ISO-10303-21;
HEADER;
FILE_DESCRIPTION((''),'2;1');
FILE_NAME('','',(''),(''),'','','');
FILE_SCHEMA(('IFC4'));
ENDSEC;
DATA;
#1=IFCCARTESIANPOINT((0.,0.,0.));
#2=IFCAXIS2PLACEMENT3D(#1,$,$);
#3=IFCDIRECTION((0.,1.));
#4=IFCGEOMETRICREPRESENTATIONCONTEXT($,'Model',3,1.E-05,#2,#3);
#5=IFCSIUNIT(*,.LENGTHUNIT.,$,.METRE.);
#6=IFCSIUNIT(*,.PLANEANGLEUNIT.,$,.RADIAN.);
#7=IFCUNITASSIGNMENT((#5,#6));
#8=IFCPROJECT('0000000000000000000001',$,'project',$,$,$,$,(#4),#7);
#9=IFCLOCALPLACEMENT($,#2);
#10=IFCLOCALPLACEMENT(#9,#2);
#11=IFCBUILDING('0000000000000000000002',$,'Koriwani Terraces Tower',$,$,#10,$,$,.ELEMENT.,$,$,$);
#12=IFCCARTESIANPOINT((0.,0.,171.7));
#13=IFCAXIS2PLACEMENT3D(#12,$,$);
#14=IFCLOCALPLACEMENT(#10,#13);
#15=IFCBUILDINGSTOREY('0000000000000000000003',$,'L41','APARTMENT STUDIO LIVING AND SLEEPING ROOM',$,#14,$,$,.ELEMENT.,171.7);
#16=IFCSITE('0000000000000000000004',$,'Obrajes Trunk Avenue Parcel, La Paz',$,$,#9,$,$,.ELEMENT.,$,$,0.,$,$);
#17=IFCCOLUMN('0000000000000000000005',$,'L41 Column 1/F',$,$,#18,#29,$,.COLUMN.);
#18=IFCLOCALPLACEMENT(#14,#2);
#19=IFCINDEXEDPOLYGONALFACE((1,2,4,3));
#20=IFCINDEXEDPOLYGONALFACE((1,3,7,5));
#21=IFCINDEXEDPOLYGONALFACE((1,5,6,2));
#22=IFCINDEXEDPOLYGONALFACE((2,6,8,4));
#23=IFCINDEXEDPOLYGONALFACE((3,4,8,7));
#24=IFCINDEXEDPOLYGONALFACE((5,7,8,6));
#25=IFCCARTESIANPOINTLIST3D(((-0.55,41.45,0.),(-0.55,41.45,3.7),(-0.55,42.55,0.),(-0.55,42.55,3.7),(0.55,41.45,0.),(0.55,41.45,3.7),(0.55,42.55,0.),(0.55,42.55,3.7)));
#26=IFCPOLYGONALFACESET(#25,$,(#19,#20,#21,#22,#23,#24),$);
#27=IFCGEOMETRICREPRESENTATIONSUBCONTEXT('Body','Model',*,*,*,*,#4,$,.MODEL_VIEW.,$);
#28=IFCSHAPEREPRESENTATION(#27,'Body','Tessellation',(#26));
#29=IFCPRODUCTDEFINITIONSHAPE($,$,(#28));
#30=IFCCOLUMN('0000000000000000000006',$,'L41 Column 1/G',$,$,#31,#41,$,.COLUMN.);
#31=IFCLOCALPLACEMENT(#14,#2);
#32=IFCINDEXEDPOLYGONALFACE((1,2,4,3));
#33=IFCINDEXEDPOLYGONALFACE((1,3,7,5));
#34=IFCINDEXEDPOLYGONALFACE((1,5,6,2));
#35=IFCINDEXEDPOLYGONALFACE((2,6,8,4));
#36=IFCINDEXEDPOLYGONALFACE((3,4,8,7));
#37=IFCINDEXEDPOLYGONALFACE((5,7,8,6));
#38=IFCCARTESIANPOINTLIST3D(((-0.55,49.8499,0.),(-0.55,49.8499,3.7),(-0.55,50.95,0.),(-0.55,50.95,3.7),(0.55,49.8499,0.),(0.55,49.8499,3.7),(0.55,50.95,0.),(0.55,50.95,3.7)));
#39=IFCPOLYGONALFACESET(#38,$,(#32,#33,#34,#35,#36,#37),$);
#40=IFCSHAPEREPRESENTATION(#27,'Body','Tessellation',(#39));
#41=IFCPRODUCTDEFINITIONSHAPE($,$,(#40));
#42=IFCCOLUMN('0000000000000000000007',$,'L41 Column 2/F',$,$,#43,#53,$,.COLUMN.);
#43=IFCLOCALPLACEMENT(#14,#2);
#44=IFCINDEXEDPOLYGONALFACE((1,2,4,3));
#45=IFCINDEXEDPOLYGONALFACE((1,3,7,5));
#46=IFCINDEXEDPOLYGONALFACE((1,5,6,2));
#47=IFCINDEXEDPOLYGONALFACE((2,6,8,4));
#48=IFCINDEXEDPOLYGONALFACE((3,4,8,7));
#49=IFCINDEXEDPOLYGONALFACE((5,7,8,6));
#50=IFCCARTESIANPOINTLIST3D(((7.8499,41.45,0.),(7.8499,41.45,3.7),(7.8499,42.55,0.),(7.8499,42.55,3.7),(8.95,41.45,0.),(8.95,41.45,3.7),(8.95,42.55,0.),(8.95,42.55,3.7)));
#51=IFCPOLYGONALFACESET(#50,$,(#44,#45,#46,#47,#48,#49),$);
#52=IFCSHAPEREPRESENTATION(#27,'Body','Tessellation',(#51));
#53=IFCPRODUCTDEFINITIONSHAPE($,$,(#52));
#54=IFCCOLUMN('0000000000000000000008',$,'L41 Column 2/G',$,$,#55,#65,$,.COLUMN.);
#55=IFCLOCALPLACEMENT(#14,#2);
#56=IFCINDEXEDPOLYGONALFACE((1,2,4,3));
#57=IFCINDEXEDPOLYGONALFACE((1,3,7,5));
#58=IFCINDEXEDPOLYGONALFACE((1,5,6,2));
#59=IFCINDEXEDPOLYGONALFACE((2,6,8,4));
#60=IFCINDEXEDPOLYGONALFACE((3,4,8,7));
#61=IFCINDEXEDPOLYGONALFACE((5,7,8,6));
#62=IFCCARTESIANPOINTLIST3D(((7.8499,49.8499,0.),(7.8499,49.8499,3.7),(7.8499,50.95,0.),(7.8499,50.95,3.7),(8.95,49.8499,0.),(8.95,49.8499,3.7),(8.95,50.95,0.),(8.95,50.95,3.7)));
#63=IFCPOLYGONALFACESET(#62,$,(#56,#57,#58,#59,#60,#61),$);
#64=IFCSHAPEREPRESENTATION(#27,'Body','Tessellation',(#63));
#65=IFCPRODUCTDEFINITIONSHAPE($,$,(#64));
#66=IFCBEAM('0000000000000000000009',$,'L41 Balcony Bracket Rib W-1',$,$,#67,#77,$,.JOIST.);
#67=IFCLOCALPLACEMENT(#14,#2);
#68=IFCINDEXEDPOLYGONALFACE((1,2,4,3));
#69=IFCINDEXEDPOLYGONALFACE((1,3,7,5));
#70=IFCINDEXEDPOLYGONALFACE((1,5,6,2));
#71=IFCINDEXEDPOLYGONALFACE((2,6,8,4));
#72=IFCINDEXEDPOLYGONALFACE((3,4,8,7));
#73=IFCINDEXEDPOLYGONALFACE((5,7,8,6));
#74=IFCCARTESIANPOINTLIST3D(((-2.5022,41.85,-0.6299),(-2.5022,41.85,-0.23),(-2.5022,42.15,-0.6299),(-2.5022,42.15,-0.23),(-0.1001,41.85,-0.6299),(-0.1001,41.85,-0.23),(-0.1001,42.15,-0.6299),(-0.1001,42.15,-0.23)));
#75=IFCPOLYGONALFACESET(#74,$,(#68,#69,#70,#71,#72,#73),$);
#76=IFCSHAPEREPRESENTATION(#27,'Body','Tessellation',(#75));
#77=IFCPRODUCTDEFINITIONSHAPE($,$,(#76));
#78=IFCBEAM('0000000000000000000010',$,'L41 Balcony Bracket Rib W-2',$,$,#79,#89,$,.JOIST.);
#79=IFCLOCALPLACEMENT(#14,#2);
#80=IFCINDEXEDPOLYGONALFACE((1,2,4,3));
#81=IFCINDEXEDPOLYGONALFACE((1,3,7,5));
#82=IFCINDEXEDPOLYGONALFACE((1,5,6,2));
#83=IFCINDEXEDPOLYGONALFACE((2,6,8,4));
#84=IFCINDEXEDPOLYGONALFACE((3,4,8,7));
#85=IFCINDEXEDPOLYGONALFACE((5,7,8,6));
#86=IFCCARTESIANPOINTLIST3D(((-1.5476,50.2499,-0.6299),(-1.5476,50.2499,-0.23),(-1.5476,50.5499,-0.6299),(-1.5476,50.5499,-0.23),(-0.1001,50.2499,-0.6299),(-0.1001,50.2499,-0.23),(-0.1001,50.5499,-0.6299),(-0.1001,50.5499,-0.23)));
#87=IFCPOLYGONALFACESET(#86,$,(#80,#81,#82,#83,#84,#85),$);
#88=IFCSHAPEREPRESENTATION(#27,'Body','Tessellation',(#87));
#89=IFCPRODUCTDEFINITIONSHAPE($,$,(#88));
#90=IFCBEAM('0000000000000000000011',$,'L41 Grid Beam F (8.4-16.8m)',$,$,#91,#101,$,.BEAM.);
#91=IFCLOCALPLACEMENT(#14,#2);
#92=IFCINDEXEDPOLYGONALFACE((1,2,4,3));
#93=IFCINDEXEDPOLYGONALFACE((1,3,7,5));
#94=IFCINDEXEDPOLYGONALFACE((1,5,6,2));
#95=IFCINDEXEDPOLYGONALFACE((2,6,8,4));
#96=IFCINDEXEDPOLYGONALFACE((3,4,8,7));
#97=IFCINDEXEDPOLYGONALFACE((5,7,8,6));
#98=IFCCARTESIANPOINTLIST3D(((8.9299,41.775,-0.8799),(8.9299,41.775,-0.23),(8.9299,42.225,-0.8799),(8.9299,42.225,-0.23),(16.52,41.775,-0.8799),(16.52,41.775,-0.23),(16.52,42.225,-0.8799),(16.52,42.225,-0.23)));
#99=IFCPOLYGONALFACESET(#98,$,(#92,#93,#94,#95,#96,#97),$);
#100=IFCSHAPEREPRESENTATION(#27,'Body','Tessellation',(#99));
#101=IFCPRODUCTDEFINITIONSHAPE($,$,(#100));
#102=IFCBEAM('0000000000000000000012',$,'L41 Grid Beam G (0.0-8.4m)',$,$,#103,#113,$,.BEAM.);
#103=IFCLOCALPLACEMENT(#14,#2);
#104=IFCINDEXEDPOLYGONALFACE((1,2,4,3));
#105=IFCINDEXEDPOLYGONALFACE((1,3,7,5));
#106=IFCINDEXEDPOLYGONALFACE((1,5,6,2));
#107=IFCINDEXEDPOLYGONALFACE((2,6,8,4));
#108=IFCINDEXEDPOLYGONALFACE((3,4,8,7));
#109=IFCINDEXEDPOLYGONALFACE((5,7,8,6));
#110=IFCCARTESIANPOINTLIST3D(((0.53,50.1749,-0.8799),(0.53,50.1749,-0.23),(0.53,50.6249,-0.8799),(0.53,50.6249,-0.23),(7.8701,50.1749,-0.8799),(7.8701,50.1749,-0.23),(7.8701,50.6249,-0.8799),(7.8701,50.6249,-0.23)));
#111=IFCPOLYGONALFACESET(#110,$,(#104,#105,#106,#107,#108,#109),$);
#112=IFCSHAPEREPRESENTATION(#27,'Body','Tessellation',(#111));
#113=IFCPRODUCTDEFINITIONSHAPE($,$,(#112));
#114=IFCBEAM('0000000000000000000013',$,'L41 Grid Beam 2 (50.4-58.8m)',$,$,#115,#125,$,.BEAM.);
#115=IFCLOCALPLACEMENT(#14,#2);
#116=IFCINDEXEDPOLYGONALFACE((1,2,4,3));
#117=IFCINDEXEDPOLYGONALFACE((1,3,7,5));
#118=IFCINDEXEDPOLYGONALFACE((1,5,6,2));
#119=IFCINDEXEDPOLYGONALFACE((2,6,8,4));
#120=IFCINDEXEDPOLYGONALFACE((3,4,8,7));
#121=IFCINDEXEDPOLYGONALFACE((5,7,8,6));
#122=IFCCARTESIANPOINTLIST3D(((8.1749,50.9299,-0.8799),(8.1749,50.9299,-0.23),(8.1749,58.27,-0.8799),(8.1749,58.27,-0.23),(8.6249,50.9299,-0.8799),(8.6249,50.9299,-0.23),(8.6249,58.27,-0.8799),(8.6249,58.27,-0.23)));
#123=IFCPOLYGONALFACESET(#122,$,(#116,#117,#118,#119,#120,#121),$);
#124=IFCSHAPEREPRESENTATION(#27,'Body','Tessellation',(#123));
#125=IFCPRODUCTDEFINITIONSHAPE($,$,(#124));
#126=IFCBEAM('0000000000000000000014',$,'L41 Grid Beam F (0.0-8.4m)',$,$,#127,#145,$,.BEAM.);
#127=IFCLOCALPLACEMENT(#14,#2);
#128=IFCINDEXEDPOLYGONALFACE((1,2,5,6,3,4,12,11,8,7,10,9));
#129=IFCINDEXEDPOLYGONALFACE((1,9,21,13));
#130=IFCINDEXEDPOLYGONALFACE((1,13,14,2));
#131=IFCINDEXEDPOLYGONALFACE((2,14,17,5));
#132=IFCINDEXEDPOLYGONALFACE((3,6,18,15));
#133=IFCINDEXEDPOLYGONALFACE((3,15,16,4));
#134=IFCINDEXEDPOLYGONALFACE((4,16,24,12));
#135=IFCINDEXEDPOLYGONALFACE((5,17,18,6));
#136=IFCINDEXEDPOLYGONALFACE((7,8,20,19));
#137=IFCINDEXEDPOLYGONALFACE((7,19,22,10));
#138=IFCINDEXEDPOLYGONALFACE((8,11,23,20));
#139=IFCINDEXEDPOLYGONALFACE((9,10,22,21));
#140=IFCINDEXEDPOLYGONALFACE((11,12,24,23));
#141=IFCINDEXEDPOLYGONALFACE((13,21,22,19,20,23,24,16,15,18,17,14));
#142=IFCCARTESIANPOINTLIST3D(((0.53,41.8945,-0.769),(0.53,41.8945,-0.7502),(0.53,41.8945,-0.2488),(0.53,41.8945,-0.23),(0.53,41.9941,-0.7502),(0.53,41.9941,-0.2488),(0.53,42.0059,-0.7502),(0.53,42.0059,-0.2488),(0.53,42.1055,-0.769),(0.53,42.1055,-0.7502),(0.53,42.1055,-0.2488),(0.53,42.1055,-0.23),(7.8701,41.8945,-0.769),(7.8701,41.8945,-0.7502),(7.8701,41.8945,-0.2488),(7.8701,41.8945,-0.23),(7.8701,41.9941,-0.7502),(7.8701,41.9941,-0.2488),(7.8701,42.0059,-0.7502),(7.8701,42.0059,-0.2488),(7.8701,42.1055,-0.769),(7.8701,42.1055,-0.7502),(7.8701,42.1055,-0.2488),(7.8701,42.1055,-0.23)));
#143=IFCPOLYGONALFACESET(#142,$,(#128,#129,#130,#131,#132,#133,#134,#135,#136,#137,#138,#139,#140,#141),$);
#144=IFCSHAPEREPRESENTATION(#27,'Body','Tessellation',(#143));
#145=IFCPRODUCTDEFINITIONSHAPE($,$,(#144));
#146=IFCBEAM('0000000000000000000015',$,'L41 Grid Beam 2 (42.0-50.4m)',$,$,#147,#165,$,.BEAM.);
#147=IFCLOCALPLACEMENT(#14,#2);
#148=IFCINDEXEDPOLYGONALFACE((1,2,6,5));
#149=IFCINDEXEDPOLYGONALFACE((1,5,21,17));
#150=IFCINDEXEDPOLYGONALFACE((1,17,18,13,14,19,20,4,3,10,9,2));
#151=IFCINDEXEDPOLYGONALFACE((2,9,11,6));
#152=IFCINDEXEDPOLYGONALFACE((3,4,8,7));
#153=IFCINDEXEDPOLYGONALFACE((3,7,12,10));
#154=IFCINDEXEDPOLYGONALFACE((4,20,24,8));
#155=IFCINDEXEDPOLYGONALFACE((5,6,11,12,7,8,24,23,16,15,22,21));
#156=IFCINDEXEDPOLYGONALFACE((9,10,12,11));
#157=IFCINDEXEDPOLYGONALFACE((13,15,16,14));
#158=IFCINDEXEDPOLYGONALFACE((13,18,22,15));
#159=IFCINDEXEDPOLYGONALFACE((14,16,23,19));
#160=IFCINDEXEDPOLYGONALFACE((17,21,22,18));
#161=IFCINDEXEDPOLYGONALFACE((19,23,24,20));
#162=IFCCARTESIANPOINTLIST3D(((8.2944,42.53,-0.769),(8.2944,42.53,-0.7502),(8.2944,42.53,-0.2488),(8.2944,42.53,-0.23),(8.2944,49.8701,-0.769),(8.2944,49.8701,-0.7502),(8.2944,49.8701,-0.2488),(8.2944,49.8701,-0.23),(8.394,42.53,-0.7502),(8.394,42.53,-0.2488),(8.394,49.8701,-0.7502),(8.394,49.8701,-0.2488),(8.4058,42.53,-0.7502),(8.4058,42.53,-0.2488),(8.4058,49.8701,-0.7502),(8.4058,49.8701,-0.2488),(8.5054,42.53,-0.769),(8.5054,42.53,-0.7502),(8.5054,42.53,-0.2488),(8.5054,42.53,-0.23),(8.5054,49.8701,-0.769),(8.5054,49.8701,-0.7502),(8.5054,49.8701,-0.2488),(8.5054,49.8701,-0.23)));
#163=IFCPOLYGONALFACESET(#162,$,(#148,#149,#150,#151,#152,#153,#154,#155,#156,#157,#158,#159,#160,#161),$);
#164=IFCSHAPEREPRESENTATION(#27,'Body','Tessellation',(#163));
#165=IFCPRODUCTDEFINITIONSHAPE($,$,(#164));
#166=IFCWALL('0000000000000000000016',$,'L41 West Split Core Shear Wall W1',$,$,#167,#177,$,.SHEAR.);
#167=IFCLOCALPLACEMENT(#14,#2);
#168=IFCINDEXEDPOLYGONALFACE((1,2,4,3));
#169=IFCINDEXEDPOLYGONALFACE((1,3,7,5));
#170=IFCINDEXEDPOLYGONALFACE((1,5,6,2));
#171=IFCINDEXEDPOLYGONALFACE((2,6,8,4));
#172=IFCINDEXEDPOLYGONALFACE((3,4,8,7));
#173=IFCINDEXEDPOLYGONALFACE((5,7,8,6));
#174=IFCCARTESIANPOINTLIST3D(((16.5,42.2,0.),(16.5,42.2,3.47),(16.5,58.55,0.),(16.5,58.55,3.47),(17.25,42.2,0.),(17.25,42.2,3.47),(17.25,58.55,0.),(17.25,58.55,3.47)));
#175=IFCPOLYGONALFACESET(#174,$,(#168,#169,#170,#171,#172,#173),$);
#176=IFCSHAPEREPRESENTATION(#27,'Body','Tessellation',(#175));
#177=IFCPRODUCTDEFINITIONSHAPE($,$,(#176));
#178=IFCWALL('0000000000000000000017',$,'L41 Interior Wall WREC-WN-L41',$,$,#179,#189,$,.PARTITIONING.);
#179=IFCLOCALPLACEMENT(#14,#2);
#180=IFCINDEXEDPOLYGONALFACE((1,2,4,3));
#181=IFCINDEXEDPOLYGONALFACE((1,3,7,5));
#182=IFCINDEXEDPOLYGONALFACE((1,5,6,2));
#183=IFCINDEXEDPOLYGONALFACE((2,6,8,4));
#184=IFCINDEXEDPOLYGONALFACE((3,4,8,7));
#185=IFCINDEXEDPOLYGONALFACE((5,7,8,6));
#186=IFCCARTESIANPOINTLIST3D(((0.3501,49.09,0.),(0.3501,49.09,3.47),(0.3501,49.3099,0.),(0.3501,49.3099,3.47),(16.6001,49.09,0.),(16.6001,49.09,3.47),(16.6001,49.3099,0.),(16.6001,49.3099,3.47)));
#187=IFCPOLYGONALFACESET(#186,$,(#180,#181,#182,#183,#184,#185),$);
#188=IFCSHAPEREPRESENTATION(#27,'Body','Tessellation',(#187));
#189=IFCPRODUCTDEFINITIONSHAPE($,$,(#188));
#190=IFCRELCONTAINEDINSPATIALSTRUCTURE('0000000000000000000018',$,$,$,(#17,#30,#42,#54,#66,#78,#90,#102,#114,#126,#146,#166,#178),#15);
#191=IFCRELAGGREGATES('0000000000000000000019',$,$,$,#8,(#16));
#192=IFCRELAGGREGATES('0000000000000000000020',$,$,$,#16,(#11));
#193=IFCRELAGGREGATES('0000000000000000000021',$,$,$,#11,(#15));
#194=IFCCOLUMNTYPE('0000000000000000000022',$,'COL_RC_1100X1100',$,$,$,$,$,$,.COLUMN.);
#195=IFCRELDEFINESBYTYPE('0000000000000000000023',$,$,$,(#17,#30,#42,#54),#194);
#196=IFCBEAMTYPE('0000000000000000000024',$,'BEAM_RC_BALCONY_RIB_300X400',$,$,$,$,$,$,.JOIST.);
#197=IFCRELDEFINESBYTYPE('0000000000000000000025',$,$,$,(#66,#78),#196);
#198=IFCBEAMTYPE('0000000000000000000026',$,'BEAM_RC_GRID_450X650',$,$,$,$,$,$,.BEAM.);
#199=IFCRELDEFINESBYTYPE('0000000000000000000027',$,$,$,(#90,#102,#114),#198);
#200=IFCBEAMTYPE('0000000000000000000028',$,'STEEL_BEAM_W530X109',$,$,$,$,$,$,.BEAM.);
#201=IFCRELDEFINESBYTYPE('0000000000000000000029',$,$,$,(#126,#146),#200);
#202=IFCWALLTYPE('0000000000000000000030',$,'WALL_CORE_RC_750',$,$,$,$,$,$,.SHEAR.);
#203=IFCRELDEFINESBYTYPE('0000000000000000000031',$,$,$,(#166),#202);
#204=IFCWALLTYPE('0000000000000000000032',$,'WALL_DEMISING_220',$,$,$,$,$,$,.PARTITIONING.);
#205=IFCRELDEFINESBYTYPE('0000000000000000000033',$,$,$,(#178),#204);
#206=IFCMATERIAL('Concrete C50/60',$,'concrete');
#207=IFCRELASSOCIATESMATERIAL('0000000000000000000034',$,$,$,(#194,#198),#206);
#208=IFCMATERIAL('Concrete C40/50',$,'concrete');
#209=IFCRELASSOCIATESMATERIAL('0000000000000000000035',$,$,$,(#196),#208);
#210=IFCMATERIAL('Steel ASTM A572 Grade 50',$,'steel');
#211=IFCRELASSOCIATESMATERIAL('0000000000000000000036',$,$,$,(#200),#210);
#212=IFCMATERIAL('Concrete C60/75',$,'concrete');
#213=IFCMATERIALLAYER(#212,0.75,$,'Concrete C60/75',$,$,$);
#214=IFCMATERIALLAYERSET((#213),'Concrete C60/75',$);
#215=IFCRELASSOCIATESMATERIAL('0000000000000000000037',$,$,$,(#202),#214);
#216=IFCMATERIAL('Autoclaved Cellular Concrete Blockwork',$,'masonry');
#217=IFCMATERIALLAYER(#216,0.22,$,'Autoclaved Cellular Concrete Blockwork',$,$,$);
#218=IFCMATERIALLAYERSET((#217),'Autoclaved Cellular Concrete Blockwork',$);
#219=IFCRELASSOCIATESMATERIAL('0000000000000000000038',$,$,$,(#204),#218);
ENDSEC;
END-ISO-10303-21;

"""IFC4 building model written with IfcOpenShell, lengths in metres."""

from ifc_helpers import new_model, si_unit, direction, frame, frame_2d, origin, origin_2d, place, context, subcontext, project, spatial, rectangle, i_section, extrude, material, layer, layer_set, material_profile, profile_set, type_object, element, save


model = new_model("IFC4")

# Units and contexts
model_context = context("Model", 3, precision=1e-05, world=origin(), true_north=direction((0.0, 1.0)))
body_context = subcontext(model_context, "Body", "Model", "MODEL_VIEW")
ifc_project = project(units=[si_unit("LENGTHUNIT", "METRE"), si_unit("PLANEANGLEUNIT", "RADIAN")], contexts=[model_context])

# Site, building, storey
site_placement = place(None, origin())
site = spatial("IfcSite", under=ifc_project, at=site_placement, Name="Obrajes Trunk Avenue Parcel, La Paz", CompositionType="ELEMENT", RefElevation=0.0)
building_placement = place(site_placement, origin())
building = spatial("IfcBuilding", under=site, at=building_placement, Name="Koriwani Terraces Tower", CompositionType="ELEMENT")
storey_placement = place(building_placement, frame((0.0, 0.0, 171.7)))
storey = spatial("IfcBuildingStorey", under=building, at=storey_placement, Name="L41", Description="APARTMENT STUDIO LIVING AND SLEEPING ROOM", CompositionType="ELEMENT", Elevation=171.7)

# Columns
ifc_material_1 = material(Name="Concrete C50/60", Category="concrete")
ifc_material_profile_1 = material_profile(ifc_material_1, rectangle(XDim=1.1001, YDim=1.1001, at=origin_2d()), Name="Concrete C50/60", Category="LoadBearing")
ifc_profile_set_1 = profile_set([ifc_material_profile_1], Name="Concrete C50/60")
column_type = type_object("IfcColumnType", Name="COL_RC_1100X1100", PredefinedType="COLUMN", material=ifc_profile_set_1)
for number, where, z_axis, x_axis, name in (
    (1, (0.0, 42.0, 0.0), (0.0, 0.0, 1.0), (1.0, 0.0, 0.0), "L41 Column 1/F"),
    (2, (0.0, 50.3999, 0.0), (0.0, 0.0, 1.0), (1.0, 0.0, 0.0), "L41 Column 1/G"),
    (3, (8.3999, 42.0, 0.0), (0.0, 0.0, 1.0), (1.0, 0.0, 0.0), "L41 Column 2/F"),
    (4, (8.3999, 50.3999, 0.0), (0.0, 0.0, 1.0), (1.0, 0.0, 0.0), "L41 Column 2/G"),
):
    element("IfcColumn", number, at=place(storey_placement, frame(where, z_axis=z_axis, x_axis=x_axis)), inside=storey, type_object=column_type, Name=name, PredefinedType="COLUMN", context=body_context, shape_type="SweptSolid", body=[
        extrude(rectangle(XDim=1.1001, YDim=1.1001, at=origin_2d()), origin(), (0.0, 0.0, 1.0), 3.7),
    ])

# Beams
ifc_material_2 = material(Name="Concrete C40/50", Category="concrete")
ifc_material_profile_2 = material_profile(ifc_material_2, rectangle(XDim=0.3, YDim=0.3999, at=origin_2d()), Name="Concrete C40/50", Category="LoadBearing")
ifc_profile_set_2 = profile_set([ifc_material_profile_2], Name="Concrete C40/50")
beam_type_1 = type_object("IfcBeamType", Name="BEAM_RC_BALCONY_RIB_300X400", PredefinedType="JOIST", material=ifc_profile_set_2)
beam_1_placement = place(storey_placement, frame((-2.5022, 42.0, -0.4299), z_axis=(1.0, 0.0, 0.0), x_axis=(0.0, 1.0, 0.0)))
element("IfcBeam", 5, at=beam_1_placement, inside=storey, type_object=beam_type_1, Name="L41 Balcony Bracket Rib W-1", PredefinedType="JOIST", context=body_context, shape_type="SweptSolid", body=[
    extrude(rectangle(XDim=0.3, YDim=0.3999, at=origin_2d()), origin(), (0.0, 0.0, 1.0), 2.4021),
])
beam_2_placement = place(storey_placement, frame((-1.5476, 50.3999, -0.4299), z_axis=(1.0, 0.0, 0.0), x_axis=(0.0, 1.0, 0.0)))
element("IfcBeam", 6, at=beam_2_placement, inside=storey, type_object=beam_type_1, Name="L41 Balcony Bracket Rib W-2", PredefinedType="JOIST", context=body_context, shape_type="SweptSolid", body=[
    extrude(rectangle(XDim=0.3, YDim=0.3999, at=origin_2d()), origin(), (0.0, 0.0, 1.0), 1.4475),
])
ifc_material_profile_3 = material_profile(ifc_material_1, rectangle(XDim=0.45, YDim=0.6499, at=origin_2d()), Name="Concrete C50/60", Category="LoadBearing")
ifc_profile_set_3 = profile_set([ifc_material_profile_3], Name="Concrete C50/60")
beam_type_2 = type_object("IfcBeamType", Name="BEAM_RC_GRID_450X650", PredefinedType="BEAM", material=ifc_profile_set_3)
beam_3_placement = place(storey_placement, frame((8.9299, 42.0, -0.5549), z_axis=(1.0, 0.0, 0.0), x_axis=(0.0, 1.0, 0.0)))
element("IfcBeam", 7, at=beam_3_placement, inside=storey, type_object=beam_type_2, Name="L41 Grid Beam F (8.4-16.8m)", PredefinedType="BEAM", context=body_context, shape_type="SweptSolid", body=[
    extrude(rectangle(XDim=0.45, YDim=0.6499, at=origin_2d()), origin(), (0.0, 0.0, 1.0), 7.5901),
])
for number, where, z_axis, x_axis, name in (
    (8, (0.53, 50.3999, -0.5549), (1.0, 0.0, 0.0), (0.0, 1.0, 0.0), "L41 Grid Beam G (0.0-8.4m)"),
    (9, (8.3999, 50.9299, -0.5549), (0.0, 1.0, 0.0), (-1.0, 0.0, 0.0), "L41 Grid Beam 2 (50.4-58.8m)"),
):
    element("IfcBeam", number, at=place(storey_placement, frame(where, z_axis=z_axis, x_axis=x_axis)), inside=storey, type_object=beam_type_2, Name=name, PredefinedType="BEAM", context=body_context, shape_type="SweptSolid", body=[
        extrude(rectangle(XDim=0.45, YDim=0.6499, at=origin_2d()), origin(), (0.0, 0.0, 1.0), 7.3401),
    ])
ifc_material_3 = material(Name="Steel ASTM A572 Grade 50", Category="steel")
ifc_material_profile_4 = material_profile(ifc_material_3, i_section(OverallWidth=0.2109, OverallDepth=0.5391, WebThickness=0.0117, FlangeThickness=0.0188, at=origin_2d()), Name="Steel ASTM A572 Grade 50", Category="LoadBearing")
ifc_profile_set_4 = profile_set([ifc_material_profile_4], Name="Steel ASTM A572 Grade 50")
beam_type_3 = type_object("IfcBeamType", Name="STEEL_BEAM_W530X109", PredefinedType="BEAM", material=ifc_profile_set_4)
for number, where, z_axis, x_axis, name in (
    (10, (0.53, 42.0, -0.4995), (1.0, 0.0, 0.0), (0.0, 1.0, 0.0), "L41 Grid Beam F (0.0-8.4m)"),
    (11, (8.3999, 42.53, -0.4995), (0.0, 1.0, 0.0), (-1.0, 0.0, 0.0), "L41 Grid Beam 2 (42.0-50.4m)"),
):
    element("IfcBeam", number, at=place(storey_placement, frame(where, z_axis=z_axis, x_axis=x_axis)), inside=storey, type_object=beam_type_3, Name=name, PredefinedType="BEAM", context=body_context, shape_type="SweptSolid", body=[
        extrude(i_section(OverallWidth=0.2109, OverallDepth=0.5391, WebThickness=0.0117, FlangeThickness=0.0188, at=origin_2d()), origin(), (0.0, 0.0, 1.0), 7.3401),
    ])

# Walls
ifc_material_4 = material(Name="Concrete C60/75", Category="concrete")
ifc_layer_1 = layer(ifc_material_4, 0.75, Name="Concrete C60/75")
ifc_layer_set_1 = layer_set([ifc_layer_1], Name="Concrete C60/75")
wall_type_1 = type_object("IfcWallType", Name="WALL_CORE_RC_750", PredefinedType="SHEAR", material=ifc_layer_set_1)
wall_1_placement = place(storey_placement, frame((16.875, 42.2, 0.0), z_axis=(0.0, 0.0, 1.0), x_axis=(0.0, 1.0, 0.0)))
element("IfcWall", 12, at=wall_1_placement, inside=storey, type_object=wall_type_1, Name="L41 West Split Core Shear Wall W1", PredefinedType="SHEAR", context=body_context, shape_type="SweptSolid", body=[
    extrude(rectangle(XDim=16.3501, YDim=0.75, at=frame_2d((8.175, 0.0))), origin(), (0.0, 0.0, 1.0), 3.47),
])
ifc_material_5 = material(Name="Autoclaved Cellular Concrete Blockwork", Category="masonry")
ifc_layer_2 = layer(ifc_material_5, 0.22, Name="Autoclaved Cellular Concrete Blockwork")
ifc_layer_set_2 = layer_set([ifc_layer_2], Name="Autoclaved Cellular Concrete Blockwork")
wall_type_2 = type_object("IfcWallType", Name="WALL_DEMISING_220", PredefinedType="PARTITIONING", material=ifc_layer_set_2)
wall_2_placement = place(storey_placement, frame((0.3501, 49.2, 0.0), z_axis=(0.0, 0.0, 1.0), x_axis=(1.0, 0.0, 0.0)))
element("IfcWall", 13, at=wall_2_placement, inside=storey, type_object=wall_type_2, Name="L41 Interior Wall WREC-WN-L41", PredefinedType="PARTITIONING", context=body_context, shape_type="SweptSolid", body=[
    extrude(rectangle(XDim=16.25, YDim=0.22, at=frame_2d((8.125, 0.0))), origin(), (0.0, 0.0, 1.0), 3.47),
])

save(model, "model.ifc")
